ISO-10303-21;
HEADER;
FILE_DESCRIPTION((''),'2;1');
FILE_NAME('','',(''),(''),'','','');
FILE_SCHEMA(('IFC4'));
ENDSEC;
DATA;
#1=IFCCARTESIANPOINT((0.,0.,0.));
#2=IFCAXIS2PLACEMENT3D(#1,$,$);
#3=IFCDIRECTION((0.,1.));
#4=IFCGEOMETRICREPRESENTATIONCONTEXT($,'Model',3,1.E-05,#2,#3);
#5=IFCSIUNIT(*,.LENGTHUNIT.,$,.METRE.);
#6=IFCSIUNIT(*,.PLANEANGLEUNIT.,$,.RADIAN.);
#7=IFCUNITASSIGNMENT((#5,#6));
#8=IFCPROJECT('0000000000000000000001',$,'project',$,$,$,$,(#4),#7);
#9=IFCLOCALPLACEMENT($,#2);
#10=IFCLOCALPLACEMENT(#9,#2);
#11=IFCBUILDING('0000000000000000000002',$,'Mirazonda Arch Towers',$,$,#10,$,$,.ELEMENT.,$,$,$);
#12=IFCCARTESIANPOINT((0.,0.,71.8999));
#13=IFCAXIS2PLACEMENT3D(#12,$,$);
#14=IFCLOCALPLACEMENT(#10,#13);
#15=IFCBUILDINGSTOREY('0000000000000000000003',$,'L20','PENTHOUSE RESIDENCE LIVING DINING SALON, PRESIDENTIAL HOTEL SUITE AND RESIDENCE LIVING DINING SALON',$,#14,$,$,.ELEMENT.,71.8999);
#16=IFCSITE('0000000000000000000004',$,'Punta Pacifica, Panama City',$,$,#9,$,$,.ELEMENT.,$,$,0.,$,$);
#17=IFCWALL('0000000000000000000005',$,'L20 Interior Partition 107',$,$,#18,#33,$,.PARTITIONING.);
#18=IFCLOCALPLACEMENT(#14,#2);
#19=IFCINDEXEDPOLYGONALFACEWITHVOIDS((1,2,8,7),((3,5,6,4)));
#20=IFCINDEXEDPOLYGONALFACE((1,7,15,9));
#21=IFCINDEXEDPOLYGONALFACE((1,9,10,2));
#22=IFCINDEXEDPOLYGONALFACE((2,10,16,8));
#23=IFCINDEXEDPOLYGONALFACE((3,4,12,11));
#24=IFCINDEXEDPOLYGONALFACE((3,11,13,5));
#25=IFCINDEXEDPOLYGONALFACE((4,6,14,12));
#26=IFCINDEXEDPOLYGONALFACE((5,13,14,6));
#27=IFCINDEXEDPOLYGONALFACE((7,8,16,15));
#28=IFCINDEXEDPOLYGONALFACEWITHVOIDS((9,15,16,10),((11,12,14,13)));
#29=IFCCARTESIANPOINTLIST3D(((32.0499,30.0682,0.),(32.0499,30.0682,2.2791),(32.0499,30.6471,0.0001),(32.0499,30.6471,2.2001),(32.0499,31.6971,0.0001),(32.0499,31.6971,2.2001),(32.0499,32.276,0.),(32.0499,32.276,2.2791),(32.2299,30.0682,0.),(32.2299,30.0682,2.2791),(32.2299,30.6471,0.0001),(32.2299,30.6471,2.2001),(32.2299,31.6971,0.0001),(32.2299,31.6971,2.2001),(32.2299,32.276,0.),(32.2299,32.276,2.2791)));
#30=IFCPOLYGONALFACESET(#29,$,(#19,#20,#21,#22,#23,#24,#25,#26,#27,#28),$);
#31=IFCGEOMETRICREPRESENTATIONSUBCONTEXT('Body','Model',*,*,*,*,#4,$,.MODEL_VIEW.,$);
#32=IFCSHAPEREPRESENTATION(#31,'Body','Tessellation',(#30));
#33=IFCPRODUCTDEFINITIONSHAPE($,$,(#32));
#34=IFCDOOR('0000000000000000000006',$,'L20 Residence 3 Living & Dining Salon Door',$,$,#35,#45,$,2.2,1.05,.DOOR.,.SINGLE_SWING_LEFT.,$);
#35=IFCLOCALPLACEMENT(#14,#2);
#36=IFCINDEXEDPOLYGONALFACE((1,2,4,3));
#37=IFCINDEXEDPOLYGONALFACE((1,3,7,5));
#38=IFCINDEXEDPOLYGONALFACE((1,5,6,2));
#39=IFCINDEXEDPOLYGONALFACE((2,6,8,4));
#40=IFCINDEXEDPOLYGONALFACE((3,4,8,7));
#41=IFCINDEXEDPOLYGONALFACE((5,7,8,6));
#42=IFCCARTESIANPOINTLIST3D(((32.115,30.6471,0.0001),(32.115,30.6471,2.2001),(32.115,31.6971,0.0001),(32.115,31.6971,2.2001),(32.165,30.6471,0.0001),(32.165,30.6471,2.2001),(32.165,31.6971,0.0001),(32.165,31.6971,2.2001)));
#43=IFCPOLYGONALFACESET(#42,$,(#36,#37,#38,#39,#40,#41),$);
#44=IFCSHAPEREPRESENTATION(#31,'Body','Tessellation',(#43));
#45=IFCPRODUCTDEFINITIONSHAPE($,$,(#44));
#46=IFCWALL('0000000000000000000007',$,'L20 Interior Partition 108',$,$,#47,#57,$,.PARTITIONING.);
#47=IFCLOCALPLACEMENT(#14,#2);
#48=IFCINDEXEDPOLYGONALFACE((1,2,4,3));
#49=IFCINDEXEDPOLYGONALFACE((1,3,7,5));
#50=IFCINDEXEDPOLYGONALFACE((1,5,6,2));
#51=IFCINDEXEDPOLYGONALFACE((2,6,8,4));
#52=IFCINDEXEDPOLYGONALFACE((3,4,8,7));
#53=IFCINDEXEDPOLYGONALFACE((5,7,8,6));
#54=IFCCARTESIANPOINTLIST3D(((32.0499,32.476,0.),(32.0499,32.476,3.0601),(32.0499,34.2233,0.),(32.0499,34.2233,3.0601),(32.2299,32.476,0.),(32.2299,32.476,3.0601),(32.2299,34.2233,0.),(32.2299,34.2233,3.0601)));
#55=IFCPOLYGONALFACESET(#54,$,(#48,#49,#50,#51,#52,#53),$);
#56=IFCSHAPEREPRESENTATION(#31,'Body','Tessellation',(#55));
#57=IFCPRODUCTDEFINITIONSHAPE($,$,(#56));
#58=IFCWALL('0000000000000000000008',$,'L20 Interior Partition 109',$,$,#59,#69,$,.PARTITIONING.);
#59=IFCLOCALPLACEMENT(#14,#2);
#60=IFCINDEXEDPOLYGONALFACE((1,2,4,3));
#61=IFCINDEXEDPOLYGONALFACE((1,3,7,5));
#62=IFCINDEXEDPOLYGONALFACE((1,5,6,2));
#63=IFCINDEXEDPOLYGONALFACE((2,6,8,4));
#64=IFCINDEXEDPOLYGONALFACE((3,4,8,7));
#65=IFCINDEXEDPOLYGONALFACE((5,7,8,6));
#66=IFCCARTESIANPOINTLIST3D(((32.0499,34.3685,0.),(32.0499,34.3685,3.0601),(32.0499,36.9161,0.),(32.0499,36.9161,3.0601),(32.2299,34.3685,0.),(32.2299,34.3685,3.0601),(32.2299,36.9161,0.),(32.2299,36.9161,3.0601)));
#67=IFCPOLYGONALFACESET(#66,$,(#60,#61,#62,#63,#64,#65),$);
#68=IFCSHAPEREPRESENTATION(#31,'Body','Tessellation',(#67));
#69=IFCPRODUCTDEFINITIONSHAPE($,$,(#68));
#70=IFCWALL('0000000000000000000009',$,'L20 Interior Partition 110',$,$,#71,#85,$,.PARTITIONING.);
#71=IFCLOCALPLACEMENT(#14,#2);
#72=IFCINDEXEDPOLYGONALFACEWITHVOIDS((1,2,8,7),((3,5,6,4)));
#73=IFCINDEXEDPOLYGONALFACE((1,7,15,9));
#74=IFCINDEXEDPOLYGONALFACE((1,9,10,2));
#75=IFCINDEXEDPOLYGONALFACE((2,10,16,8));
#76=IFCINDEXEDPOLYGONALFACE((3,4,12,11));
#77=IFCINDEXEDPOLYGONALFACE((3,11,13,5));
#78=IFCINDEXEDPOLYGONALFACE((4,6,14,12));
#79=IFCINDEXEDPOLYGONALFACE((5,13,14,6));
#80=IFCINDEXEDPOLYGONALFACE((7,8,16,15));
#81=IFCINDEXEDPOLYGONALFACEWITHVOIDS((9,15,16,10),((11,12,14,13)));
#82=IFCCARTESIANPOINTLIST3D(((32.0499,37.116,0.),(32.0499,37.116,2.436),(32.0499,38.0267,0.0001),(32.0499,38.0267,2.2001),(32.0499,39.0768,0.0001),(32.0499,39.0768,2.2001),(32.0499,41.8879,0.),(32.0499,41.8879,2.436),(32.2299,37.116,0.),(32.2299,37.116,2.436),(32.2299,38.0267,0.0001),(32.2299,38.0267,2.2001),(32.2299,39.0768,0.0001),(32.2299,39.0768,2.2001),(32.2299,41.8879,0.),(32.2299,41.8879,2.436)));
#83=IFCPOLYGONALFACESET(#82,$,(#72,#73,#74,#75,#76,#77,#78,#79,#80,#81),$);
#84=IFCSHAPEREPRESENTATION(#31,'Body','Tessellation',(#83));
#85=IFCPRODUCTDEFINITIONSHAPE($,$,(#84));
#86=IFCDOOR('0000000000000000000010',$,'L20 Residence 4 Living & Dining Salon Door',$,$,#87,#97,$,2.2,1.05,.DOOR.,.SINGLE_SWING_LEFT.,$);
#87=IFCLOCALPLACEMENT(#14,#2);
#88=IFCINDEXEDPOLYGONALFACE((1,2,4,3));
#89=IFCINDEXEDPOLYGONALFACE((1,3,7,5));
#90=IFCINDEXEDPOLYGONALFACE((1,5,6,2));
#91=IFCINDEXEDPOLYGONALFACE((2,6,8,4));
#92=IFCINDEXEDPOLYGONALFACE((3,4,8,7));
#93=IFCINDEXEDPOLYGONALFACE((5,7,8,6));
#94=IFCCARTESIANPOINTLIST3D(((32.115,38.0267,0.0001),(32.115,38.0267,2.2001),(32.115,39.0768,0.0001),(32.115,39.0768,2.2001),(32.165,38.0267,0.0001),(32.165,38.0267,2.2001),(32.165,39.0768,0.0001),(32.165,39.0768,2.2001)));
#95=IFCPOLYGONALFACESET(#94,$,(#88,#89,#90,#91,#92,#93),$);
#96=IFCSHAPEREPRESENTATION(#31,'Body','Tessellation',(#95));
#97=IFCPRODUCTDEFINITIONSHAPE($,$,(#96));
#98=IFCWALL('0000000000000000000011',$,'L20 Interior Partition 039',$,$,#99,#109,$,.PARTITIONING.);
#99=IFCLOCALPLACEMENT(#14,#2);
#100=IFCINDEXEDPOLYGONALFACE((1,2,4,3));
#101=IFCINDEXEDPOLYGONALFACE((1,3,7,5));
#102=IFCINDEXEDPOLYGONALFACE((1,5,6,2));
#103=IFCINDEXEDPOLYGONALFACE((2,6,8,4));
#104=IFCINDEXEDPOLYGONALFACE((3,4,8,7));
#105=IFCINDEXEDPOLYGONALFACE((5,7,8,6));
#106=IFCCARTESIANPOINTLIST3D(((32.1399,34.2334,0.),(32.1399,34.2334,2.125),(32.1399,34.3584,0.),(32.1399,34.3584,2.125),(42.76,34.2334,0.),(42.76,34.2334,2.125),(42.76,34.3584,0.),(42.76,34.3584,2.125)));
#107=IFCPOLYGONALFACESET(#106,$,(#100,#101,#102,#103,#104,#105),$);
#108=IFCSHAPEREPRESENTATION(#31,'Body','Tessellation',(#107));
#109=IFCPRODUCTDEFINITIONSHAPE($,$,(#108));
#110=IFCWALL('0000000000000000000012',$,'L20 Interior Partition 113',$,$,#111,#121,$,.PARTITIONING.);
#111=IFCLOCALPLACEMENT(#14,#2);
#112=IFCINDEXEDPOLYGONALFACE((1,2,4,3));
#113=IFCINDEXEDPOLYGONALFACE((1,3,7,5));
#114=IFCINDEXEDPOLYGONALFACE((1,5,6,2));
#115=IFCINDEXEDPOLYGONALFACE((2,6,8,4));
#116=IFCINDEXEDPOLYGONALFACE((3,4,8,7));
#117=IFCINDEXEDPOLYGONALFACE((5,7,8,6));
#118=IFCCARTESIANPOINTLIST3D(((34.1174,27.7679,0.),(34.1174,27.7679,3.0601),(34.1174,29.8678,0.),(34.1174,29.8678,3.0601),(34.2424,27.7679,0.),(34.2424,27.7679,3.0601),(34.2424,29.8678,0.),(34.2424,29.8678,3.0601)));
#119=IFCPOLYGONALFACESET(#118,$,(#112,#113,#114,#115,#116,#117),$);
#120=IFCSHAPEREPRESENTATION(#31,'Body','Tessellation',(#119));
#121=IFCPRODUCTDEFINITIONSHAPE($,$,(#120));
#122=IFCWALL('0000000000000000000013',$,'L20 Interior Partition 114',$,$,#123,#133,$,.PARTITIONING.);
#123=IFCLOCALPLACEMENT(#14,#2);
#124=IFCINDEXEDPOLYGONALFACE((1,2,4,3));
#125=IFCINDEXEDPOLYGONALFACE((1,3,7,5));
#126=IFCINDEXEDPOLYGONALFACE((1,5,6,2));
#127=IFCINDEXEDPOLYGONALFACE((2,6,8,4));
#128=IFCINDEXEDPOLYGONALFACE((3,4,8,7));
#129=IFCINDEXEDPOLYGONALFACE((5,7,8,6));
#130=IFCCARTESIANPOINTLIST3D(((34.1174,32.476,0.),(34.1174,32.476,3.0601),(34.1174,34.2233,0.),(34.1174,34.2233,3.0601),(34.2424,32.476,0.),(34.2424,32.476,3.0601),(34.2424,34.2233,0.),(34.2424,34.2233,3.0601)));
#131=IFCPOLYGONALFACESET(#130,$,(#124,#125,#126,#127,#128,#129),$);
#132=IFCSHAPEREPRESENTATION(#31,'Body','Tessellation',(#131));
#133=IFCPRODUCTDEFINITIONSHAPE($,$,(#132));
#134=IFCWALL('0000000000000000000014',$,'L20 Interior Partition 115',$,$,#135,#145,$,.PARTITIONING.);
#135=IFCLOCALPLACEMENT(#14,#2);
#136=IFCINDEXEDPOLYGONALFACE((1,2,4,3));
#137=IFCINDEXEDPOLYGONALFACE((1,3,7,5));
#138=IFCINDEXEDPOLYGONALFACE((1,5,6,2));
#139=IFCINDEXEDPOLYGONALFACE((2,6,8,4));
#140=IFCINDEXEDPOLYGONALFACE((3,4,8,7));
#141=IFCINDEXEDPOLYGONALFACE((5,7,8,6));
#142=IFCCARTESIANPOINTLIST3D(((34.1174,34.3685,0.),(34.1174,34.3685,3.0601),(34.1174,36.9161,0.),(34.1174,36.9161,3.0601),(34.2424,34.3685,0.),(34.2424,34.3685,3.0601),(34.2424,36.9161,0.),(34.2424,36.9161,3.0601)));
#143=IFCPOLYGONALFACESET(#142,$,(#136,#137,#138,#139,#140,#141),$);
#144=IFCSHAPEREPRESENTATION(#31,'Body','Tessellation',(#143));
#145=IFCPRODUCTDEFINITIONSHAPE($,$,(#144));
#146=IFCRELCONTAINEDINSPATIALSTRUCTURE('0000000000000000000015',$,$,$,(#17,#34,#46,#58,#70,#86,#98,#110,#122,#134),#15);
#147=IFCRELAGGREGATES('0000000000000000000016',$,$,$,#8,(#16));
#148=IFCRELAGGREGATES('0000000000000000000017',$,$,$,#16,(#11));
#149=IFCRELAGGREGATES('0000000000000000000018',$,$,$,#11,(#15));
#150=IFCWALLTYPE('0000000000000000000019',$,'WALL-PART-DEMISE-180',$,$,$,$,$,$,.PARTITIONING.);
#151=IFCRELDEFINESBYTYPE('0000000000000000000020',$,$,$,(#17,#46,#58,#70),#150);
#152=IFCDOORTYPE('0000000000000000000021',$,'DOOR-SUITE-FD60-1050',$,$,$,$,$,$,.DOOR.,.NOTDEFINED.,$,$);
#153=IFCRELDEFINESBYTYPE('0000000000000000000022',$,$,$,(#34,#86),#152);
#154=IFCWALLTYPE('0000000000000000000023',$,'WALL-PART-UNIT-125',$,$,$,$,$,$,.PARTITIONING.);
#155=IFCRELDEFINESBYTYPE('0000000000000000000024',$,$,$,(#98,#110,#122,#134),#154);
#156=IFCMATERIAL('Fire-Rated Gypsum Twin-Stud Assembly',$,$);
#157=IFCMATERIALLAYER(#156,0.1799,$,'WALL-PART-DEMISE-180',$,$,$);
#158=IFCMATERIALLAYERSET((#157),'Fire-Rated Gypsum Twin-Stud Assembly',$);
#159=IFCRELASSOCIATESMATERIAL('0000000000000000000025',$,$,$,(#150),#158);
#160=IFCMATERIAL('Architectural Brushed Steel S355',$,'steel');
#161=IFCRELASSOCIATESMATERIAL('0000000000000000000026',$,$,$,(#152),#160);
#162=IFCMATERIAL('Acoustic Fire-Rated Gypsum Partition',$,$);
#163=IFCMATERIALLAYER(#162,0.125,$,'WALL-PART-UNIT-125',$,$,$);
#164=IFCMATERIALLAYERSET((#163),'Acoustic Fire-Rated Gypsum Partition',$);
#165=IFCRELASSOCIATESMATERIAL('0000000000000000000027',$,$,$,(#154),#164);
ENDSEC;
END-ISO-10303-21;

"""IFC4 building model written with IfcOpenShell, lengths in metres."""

from ifc_helpers import new_model, si_unit, direction, frame, frame_2d, origin, place, context, subcontext, project, spatial, rectangle, extrude, material, layer, layer_set, type_object, element, fill, save


model = new_model("IFC4")

# Units and contexts
model_context = context("Model", 3, precision=1e-05, world=origin(), true_north=direction((0.0, 1.0)))
body_context = subcontext(model_context, "Body", "Model", "MODEL_VIEW")
ifc_project = project(units=[si_unit("LENGTHUNIT", "METRE"), si_unit("PLANEANGLEUNIT", "RADIAN")], contexts=[model_context])

# Site, building, storey
site_placement = place(None, origin())
site = spatial("IfcSite", under=ifc_project, at=site_placement, Name="Punta Pacifica, Panama City", CompositionType="ELEMENT", RefElevation=0.0)
building_placement = place(site_placement, origin())
building = spatial("IfcBuilding", under=site, at=building_placement, Name="Mirazonda Arch Towers", CompositionType="ELEMENT")
storey_placement = place(building_placement, frame((0.0, 0.0, 71.8999)))
storey = spatial("IfcBuildingStorey", under=building, at=storey_placement, Name="L20", Description="PENTHOUSE RESIDENCE LIVING DINING SALON, PRESIDENTIAL HOTEL SUITE AND RESIDENCE LIVING DINING SALON", CompositionType="ELEMENT", Elevation=71.8999)

# Shared definitions
ifc_material_1 = material(Name="Fire-Rated Gypsum Twin-Stud Assembly")
ifc_layer_1 = layer(ifc_material_1, 0.1799, Name="WALL-PART-DEMISE-180")
ifc_layer_set_1 = layer_set([ifc_layer_1], Name="Fire-Rated Gypsum Twin-Stud Assembly")
wall_type_1 = type_object("IfcWallType", Name="WALL-PART-DEMISE-180", PredefinedType="PARTITIONING", material=ifc_layer_set_1)
ifc_material_2 = material(Name="Architectural Brushed Steel S355", Category="steel")

# Wall, opening, door
wall_1_placement = place(storey_placement, frame((32.1399, 30.0681, 0.0), z_axis=(0.0, 0.0, 1.0), x_axis=(0.0, 1.0, 0.0)))
wall_1 = element("IfcWall", 1, at=wall_1_placement, inside=storey, type_object=wall_type_1, Name="L20 Interior Partition 107", PredefinedType="PARTITIONING", context=body_context, shape_type="SweptSolid", body=[
    extrude(rectangle(XDim=2.2078, YDim=0.1799, at=frame_2d((1.104, 0.0))), origin(), (0.0, 0.0, 1.0), 2.2791),
])
opening_1_placement = place(wall_1_placement, frame((0.5791, 0.0, 0.0)))
opening_1 = element("IfcOpeningElement", 2, at=opening_1_placement, cuts=wall_1, PredefinedType="OPENING", context=body_context, shape_type="SweptSolid", body=[
    extrude(rectangle(XDim=1.05, YDim=2.2, at=frame_2d((0.5249, 1.1001))), frame((0.0, 0.0999, 0.0), z_axis=(0.0, -1.0, 0.0), x_axis=(1.0, 0.0, 0.0)), (0.0, 0.0, 1.0), 0.2),
])
door_type_1 = type_object("IfcDoorType", Name="DOOR-SUITE-FD60-1050", OperationType="NOTDEFINED", PredefinedType="DOOR", material=ifc_material_2)
door_1_placement = place(opening_1_placement, origin())
door_1 = element("IfcDoor", 3, at=door_1_placement, inside=storey, type_object=door_type_1, Name="L20 Residence 3 Living & Dining Salon Door", OperationType="SINGLE_SWING_LEFT", OverallHeight=2.2, OverallWidth=1.05, PredefinedType="DOOR", context=body_context, shape_type="SweptSolid", body=[
    extrude(rectangle(XDim=1.05, YDim=2.2, at=frame_2d((0.5249, 1.1001))), frame((0.0, 0.0249, 0.0), z_axis=(0.0, -1.0, 0.0), x_axis=(1.0, 0.0, 0.0)), (0.0, 0.0, 1.0), 0.05),
])
fill(opening_1, door_1)

# Walls
wall_2_placement = place(storey_placement, frame((32.1399, 32.4761, 0.0), z_axis=(0.0, 0.0, 1.0), x_axis=(0.0, 1.0, 0.0)))
element("IfcWall", 4, at=wall_2_placement, inside=storey, type_object=wall_type_1, Name="L20 Interior Partition 108", PredefinedType="PARTITIONING", context=body_context, shape_type="SweptSolid", body=[
    extrude(rectangle(XDim=1.7473, YDim=0.1799, at=frame_2d((0.8735, 0.0))), origin(), (0.0, 0.0, 1.0), 3.0601),
])
wall_3_placement = place(storey_placement, frame((32.1399, 34.3684, 0.0), z_axis=(0.0, 0.0, 1.0), x_axis=(0.0, 1.0, 0.0)))
element("IfcWall", 5, at=wall_3_placement, inside=storey, type_object=wall_type_1, Name="L20 Interior Partition 109", PredefinedType="PARTITIONING", context=body_context, shape_type="SweptSolid", body=[
    extrude(rectangle(XDim=2.5476, YDim=0.1799, at=frame_2d((1.2739, 0.0))), origin(), (0.0, 0.0, 1.0), 3.0601),
])

# Wall, opening, door
wall_4_placement = place(storey_placement, frame((32.1399, 37.116, 0.0), z_axis=(0.0, 0.0, 1.0), x_axis=(0.0, 1.0, 0.0)))
wall_4 = element("IfcWall", 6, at=wall_4_placement, inside=storey, type_object=wall_type_1, Name="L20 Interior Partition 110", PredefinedType="PARTITIONING", context=body_context, shape_type="SweptSolid", body=[
    extrude(rectangle(XDim=4.772, YDim=0.1799, at=frame_2d((2.386, 0.0))), origin(), (0.0, 0.0, 1.0), 2.436),
])
opening_2_placement = place(wall_4_placement, frame((0.9109, 0.0, 0.0)))
opening_2 = element("IfcOpeningElement", 7, at=opening_2_placement, cuts=wall_4, PredefinedType="OPENING", context=body_context, shape_type="SweptSolid", body=[
    extrude(rectangle(XDim=1.05, YDim=2.2, at=frame_2d((0.5249, 1.1001))), frame((0.0, 0.0999, 0.0), z_axis=(0.0, -1.0, 0.0), x_axis=(1.0, 0.0, 0.0)), (0.0, 0.0, 1.0), 0.2),
])
door_2_placement = place(opening_2_placement, origin())
door_2 = element("IfcDoor", 8, at=door_2_placement, inside=storey, type_object=door_type_1, Name="L20 Residence 4 Living & Dining Salon Door", OperationType="SINGLE_SWING_LEFT", OverallHeight=2.2, OverallWidth=1.05, PredefinedType="DOOR", context=body_context, shape_type="SweptSolid", body=[
    extrude(rectangle(XDim=1.05, YDim=2.2, at=frame_2d((0.5249, 1.1001))), frame((0.0, 0.0249, 0.0), z_axis=(0.0, -1.0, 0.0), x_axis=(1.0, 0.0, 0.0)), (0.0, 0.0, 1.0), 0.05),
])
fill(opening_2, door_2)

# Walls
ifc_material_3 = material(Name="Acoustic Fire-Rated Gypsum Partition")
ifc_layer_2 = layer(ifc_material_3, 0.125, Name="WALL-PART-UNIT-125")
ifc_layer_set_2 = layer_set([ifc_layer_2], Name="Acoustic Fire-Rated Gypsum Partition")
wall_type_2 = type_object("IfcWallType", Name="WALL-PART-UNIT-125", PredefinedType="PARTITIONING", material=ifc_layer_set_2)
wall_5_placement = place(storey_placement, frame((32.1399, 34.2959, 0.0), z_axis=(0.0, 0.0, 1.0), x_axis=(1.0, 0.0, 0.0)))
element("IfcWall", 9, at=wall_5_placement, inside=storey, type_object=wall_type_2, Name="L20 Interior Partition 039", PredefinedType="PARTITIONING", context=body_context, shape_type="SweptSolid", body=[
    extrude(rectangle(XDim=10.6201, YDim=0.125, at=frame_2d((5.3101, 0.0))), origin(), (0.0, 0.0, 1.0), 2.125),
])
wall_6_placement = place(storey_placement, frame((34.1799, 27.7681, 0.0), z_axis=(0.0, 0.0, 1.0), x_axis=(0.0, 1.0, 0.0)))
element("IfcWall", 10, at=wall_6_placement, inside=storey, type_object=wall_type_2, Name="L20 Interior Partition 113", PredefinedType="PARTITIONING", context=body_context, shape_type="SweptSolid", body=[
    extrude(rectangle(XDim=2.0999, YDim=0.125, at=frame_2d((1.0498, 0.0))), origin(), (0.0, 0.0, 1.0), 3.0601),
])
wall_7_placement = place(storey_placement, frame((34.1799, 32.4761, 0.0), z_axis=(0.0, 0.0, 1.0), x_axis=(0.0, 1.0, 0.0)))
element("IfcWall", 11, at=wall_7_placement, inside=storey, type_object=wall_type_2, Name="L20 Interior Partition 114", PredefinedType="PARTITIONING", context=body_context, shape_type="SweptSolid", body=[
    extrude(rectangle(XDim=1.7473, YDim=0.125, at=frame_2d((0.8735, 0.0))), origin(), (0.0, 0.0, 1.0), 3.0601),
])
wall_8_placement = place(storey_placement, frame((34.1799, 34.3684, 0.0), z_axis=(0.0, 0.0, 1.0), x_axis=(0.0, 1.0, 0.0)))
element("IfcWall", 12, at=wall_8_placement, inside=storey, type_object=wall_type_2, Name="L20 Interior Partition 115", PredefinedType="PARTITIONING", context=body_context, shape_type="SweptSolid", body=[
    extrude(rectangle(XDim=2.5476, YDim=0.125, at=frame_2d((1.2739, 0.0))), origin(), (0.0, 0.0, 1.0), 3.0601),
])

save(model, "model.ifc")
